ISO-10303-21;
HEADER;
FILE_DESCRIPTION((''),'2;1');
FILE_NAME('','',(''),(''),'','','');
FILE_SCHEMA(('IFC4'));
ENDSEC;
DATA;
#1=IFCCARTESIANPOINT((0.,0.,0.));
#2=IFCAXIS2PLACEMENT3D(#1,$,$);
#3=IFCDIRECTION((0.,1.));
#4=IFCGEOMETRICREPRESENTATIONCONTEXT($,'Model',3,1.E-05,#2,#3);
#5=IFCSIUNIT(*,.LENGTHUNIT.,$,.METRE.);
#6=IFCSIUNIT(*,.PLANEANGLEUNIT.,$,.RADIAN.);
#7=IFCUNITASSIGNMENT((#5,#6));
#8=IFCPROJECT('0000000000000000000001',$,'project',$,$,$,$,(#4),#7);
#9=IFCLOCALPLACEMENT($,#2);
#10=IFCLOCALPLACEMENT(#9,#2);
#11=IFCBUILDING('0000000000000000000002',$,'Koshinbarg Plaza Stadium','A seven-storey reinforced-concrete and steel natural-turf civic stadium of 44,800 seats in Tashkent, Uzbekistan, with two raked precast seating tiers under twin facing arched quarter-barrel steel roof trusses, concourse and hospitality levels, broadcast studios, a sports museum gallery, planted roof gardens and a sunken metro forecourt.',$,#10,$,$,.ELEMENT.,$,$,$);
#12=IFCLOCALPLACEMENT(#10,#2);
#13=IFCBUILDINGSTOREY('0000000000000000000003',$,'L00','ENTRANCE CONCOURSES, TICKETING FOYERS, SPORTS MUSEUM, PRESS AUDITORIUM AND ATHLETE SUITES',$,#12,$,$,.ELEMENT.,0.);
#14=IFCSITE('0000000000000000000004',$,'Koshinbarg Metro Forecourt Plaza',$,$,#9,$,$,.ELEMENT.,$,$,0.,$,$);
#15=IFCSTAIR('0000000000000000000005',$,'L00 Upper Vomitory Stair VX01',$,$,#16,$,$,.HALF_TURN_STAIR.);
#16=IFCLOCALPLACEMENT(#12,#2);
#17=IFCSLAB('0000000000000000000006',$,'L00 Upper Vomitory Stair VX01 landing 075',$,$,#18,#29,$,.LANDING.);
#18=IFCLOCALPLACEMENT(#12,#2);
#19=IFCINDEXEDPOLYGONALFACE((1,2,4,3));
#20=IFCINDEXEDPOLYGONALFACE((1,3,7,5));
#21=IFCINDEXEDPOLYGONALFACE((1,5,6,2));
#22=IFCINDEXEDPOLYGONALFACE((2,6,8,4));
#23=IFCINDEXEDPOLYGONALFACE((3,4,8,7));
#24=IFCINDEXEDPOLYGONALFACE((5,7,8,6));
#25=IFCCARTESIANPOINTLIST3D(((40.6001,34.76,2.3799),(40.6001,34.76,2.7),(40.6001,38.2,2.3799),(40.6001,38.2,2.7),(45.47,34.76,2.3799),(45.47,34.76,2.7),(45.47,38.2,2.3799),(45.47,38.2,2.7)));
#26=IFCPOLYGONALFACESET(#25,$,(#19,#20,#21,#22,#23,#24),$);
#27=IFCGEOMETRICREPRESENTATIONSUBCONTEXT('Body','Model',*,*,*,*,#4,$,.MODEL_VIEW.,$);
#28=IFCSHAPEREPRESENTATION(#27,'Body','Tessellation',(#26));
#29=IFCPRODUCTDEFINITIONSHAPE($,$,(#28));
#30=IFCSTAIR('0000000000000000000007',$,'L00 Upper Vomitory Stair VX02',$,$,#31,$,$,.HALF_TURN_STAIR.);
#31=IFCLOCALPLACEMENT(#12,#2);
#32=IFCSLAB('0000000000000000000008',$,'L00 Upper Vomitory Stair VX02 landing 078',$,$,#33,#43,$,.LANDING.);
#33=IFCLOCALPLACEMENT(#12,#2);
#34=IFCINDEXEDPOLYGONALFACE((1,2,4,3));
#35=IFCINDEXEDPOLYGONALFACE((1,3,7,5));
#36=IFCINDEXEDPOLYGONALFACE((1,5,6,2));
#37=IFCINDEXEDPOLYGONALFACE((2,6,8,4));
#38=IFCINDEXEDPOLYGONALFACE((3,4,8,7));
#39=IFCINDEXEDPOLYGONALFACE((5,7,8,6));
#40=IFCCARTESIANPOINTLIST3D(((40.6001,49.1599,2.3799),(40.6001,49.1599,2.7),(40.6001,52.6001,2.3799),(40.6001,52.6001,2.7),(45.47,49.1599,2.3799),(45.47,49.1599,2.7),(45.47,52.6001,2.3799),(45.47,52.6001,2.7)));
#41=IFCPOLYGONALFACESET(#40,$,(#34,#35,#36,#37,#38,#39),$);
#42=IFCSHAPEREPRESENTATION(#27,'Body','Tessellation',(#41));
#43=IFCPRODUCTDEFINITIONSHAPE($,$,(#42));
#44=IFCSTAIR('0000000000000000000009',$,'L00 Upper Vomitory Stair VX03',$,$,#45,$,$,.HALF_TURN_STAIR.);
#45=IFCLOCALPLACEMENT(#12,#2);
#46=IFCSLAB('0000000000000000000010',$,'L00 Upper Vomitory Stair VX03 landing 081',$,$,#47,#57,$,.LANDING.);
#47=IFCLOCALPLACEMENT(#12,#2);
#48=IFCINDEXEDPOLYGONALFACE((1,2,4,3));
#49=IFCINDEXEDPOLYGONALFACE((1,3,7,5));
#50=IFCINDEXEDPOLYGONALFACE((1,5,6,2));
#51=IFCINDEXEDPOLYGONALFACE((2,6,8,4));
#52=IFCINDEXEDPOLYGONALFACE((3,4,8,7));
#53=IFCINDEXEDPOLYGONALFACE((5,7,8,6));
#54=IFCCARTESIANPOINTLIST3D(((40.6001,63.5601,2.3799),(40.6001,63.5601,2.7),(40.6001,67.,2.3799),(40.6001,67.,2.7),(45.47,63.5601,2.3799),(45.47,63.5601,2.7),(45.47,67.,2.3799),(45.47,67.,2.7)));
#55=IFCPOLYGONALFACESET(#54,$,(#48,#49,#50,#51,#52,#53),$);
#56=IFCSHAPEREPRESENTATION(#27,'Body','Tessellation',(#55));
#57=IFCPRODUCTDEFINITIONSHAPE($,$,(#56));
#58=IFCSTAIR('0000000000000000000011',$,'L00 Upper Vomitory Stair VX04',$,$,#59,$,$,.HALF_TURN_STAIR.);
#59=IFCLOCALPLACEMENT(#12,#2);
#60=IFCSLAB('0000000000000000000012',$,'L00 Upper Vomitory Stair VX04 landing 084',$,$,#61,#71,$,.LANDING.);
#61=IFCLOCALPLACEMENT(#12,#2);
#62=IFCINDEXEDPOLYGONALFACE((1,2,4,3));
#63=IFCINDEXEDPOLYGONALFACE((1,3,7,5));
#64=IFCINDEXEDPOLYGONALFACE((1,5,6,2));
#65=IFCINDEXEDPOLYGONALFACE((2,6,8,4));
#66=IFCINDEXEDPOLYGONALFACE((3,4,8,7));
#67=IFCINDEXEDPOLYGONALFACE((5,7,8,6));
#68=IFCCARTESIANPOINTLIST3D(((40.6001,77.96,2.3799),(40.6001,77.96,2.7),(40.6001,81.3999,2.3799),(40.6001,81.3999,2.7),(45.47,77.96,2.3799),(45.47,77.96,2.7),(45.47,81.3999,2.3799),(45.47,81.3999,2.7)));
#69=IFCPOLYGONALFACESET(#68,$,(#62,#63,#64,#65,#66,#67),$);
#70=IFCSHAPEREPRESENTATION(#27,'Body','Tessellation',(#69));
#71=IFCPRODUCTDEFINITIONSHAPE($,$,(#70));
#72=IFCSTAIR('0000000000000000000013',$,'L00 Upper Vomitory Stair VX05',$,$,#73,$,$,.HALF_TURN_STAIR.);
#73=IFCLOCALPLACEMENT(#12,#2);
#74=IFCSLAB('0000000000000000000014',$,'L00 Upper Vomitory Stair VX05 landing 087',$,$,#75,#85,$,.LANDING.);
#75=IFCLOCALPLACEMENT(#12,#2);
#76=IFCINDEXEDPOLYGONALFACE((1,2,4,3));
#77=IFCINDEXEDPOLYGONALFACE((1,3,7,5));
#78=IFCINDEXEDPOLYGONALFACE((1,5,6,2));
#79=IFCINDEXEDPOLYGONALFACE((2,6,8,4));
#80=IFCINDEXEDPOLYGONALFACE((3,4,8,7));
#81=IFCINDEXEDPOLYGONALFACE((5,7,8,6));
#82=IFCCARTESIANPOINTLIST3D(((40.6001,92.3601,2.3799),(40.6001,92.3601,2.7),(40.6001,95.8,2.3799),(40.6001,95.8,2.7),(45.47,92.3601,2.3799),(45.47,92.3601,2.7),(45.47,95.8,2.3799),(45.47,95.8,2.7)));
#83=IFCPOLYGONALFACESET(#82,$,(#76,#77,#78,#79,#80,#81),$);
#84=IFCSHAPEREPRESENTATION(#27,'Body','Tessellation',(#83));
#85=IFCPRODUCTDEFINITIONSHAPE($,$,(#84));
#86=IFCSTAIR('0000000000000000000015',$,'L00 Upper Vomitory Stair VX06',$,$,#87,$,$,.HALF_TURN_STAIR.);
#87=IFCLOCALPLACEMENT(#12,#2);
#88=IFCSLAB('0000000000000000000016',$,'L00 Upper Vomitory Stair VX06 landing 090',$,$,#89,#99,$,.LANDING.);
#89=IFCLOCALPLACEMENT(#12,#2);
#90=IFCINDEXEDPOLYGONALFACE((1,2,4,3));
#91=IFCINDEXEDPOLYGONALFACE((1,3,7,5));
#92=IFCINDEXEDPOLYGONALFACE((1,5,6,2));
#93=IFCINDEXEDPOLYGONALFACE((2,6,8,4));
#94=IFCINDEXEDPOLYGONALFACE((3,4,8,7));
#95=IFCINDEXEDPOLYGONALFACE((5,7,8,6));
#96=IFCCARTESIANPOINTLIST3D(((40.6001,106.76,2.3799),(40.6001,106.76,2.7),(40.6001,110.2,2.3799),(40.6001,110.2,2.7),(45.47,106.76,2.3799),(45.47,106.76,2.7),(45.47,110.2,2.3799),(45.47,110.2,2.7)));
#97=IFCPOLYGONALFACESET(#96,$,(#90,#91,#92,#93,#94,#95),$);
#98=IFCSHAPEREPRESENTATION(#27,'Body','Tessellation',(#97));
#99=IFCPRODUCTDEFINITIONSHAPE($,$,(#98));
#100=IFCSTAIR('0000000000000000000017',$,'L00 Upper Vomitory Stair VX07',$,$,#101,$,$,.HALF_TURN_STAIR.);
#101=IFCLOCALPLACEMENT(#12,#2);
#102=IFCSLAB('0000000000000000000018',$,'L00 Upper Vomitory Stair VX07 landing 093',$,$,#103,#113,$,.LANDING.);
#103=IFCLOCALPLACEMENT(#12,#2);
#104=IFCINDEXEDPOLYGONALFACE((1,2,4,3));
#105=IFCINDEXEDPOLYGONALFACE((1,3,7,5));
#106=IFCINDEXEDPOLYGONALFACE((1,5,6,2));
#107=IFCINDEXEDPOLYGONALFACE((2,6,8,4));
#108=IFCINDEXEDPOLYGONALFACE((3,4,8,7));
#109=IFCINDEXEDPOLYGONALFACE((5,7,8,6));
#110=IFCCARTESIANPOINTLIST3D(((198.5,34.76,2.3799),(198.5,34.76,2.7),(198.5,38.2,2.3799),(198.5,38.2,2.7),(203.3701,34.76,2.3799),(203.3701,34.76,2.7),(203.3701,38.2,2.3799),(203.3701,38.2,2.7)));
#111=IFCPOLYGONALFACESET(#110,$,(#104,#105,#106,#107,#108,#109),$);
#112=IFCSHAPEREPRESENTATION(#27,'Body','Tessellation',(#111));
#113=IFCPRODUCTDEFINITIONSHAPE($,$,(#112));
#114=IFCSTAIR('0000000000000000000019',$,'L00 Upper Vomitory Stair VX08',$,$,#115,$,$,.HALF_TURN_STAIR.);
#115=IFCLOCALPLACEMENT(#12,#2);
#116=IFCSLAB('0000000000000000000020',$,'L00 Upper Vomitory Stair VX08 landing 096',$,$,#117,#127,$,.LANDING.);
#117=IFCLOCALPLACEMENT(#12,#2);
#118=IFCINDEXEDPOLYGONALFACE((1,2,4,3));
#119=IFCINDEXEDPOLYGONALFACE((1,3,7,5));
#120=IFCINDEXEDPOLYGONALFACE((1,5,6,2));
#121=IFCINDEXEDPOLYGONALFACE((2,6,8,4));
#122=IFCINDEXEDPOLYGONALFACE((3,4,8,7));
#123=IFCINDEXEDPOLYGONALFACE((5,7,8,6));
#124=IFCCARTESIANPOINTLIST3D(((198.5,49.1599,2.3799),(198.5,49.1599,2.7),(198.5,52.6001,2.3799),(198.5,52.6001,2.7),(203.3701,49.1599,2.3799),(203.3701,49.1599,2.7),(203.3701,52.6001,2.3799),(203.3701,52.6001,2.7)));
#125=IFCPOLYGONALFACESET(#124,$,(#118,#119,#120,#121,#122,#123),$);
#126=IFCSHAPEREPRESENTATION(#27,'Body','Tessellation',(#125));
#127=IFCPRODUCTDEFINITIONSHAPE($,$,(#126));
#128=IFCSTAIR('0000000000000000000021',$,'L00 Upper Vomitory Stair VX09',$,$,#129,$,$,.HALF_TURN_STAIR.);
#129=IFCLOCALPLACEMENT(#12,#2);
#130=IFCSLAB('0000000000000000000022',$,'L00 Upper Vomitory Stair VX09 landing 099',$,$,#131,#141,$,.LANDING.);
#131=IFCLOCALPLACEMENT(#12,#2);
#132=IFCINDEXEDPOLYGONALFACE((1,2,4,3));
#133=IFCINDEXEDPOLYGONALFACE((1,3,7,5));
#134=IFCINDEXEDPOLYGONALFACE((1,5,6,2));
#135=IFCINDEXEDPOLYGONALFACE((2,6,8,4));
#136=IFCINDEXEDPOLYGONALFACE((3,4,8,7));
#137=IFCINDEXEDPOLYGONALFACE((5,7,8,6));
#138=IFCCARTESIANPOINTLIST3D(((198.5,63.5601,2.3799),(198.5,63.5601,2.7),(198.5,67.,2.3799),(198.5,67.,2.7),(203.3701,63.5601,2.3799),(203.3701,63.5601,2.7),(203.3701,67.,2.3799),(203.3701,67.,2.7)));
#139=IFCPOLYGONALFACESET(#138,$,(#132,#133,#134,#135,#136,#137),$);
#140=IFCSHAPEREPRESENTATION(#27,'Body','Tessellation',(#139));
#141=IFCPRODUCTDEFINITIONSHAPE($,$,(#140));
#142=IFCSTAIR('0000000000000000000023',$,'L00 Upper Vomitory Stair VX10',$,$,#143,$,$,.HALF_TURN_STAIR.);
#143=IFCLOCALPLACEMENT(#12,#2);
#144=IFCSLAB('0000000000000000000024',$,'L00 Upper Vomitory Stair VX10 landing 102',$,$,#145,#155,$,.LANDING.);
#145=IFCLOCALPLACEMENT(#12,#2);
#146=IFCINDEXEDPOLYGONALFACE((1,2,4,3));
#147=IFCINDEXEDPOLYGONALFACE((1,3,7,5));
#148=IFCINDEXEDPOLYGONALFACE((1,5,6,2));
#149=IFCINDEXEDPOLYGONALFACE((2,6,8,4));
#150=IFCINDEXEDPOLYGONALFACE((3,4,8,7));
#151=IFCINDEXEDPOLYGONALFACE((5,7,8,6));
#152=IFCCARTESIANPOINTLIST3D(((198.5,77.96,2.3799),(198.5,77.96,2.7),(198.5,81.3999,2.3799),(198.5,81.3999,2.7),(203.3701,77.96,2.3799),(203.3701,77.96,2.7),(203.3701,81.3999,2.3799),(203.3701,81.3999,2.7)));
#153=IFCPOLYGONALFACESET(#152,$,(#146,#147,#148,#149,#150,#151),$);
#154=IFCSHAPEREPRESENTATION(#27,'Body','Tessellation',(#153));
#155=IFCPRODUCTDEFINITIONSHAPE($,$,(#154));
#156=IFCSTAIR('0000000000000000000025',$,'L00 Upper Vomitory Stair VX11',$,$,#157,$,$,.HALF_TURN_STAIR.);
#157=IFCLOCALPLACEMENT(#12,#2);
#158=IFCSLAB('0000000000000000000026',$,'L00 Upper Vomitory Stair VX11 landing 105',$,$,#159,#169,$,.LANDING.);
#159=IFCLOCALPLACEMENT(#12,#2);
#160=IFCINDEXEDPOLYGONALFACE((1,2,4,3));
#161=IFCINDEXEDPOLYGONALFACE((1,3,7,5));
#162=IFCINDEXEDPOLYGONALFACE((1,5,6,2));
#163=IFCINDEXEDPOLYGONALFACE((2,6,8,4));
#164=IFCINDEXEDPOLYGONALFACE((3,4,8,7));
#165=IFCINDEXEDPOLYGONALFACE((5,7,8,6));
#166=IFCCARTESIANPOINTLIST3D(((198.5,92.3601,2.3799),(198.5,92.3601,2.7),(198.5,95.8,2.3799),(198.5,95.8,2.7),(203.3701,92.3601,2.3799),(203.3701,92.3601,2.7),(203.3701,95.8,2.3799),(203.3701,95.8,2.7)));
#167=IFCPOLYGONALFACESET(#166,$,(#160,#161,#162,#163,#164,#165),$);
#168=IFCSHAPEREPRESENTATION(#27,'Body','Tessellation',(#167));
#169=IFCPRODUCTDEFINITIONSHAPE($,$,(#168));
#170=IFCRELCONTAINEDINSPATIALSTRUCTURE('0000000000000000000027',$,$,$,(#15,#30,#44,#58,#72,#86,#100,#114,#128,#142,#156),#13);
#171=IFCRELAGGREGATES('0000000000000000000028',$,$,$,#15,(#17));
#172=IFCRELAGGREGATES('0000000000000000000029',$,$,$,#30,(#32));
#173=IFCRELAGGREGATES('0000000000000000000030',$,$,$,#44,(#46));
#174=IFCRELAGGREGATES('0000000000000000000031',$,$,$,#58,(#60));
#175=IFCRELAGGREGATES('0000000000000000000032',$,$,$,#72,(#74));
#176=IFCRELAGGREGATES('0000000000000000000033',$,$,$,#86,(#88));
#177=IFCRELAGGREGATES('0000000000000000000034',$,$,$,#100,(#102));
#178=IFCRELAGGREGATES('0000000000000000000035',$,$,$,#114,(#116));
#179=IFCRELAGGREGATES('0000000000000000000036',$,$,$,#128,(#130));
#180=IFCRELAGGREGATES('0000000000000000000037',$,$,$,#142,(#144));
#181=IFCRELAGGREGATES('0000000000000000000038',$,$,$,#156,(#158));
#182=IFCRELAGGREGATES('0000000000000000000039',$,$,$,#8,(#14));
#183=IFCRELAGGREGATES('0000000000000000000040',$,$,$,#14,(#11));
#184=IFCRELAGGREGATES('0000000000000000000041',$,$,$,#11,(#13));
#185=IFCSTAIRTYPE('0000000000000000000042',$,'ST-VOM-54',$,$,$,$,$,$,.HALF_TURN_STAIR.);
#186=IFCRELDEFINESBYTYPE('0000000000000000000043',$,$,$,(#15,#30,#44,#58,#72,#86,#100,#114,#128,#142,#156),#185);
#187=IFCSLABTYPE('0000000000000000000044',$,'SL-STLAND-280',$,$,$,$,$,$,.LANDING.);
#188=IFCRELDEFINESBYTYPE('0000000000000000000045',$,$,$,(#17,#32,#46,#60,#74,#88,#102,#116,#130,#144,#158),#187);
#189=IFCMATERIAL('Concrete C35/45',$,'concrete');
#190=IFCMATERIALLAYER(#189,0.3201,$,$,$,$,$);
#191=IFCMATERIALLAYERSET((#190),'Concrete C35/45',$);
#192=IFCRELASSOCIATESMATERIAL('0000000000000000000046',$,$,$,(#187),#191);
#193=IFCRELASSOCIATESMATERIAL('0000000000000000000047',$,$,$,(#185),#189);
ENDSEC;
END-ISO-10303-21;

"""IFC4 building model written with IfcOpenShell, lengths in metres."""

from ifc_helpers import new_model, si_unit, direction, frame, origin, place, context, subcontext, project, spatial, polyline, outline, extrude, material, layer, layer_set, type_object, element, aggregate, save


model = new_model("IFC4")

# Units and contexts
model_context = context("Model", 3, precision=1e-05, world=origin(), true_north=direction((0.0, 1.0)))
body_context = subcontext(model_context, "Body", "Model", "MODEL_VIEW")
ifc_project = project(units=[si_unit("LENGTHUNIT", "METRE"), si_unit("PLANEANGLEUNIT", "RADIAN")], contexts=[model_context])

# Site, building, storey
site_placement = place(None, origin())
site = spatial("IfcSite", under=ifc_project, at=site_placement, Name="Koshinbarg Metro Forecourt Plaza", CompositionType="ELEMENT", RefElevation=0.0)
building_placement = place(site_placement, origin())
building = spatial("IfcBuilding", under=site, at=building_placement, Name="Koshinbarg Plaza Stadium", Description="A seven-storey reinforced-concrete and steel natural-turf civic stadium of 44,800 seats in Tashkent, Uzbekistan, with two raked precast seating tiers under twin facing arched quarter-barrel steel roof trusses, concourse and hospitality levels, broadcast studios, a sports museum gallery, planted roof gardens and a sunken metro forecourt.", CompositionType="ELEMENT")
storey_placement = place(building_placement, origin())
storey = spatial("IfcBuildingStorey", under=building, at=storey_placement, Name="L00", Description="ENTRANCE CONCOURSES, TICKETING FOYERS, SPORTS MUSEUM, PRESS AUDITORIUM AND ATHLETE SUITES", CompositionType="ELEMENT", Elevation=0.0)

# Stairs, slabs
ifc_material = material(Name="Concrete C35/45", Category="concrete")
ifc_layer = layer(ifc_material, 0.3201)
ifc_layer_set = layer_set([ifc_layer], Name="Concrete C35/45")
slab_type = type_object("IfcSlabType", Name="SL-STLAND-280", PredefinedType="LANDING", material=ifc_layer_set)
stair_type_1 = type_object("IfcStairType", Name="ST-VOM-54", PredefinedType="HALF_TURN_STAIR", material=ifc_material)
stair_1_placement = place(storey_placement, origin())
stair_1 = element("IfcStair", 1, at=stair_1_placement, inside=storey, type_object=stair_type_1, Name="L00 Upper Vomitory Stair VX01", PredefinedType="HALF_TURN_STAIR")
slab_1_placement = place(storey_placement, frame((0.0, 0.0, 2.3799)))
slab_1 = element("IfcSlab", 2, at=slab_1_placement, type_object=slab_type, Name="L00 Upper Vomitory Stair VX01 landing 075", PredefinedType="LANDING", context=body_context, shape_type="SweptSolid", body=[
    extrude(outline(polyline([(45.47, 34.76), (45.47, 38.2), (40.6001, 38.2), (40.6001, 34.76), (45.47, 34.76)])), origin(), (0.0, 0.0, 1.0), 0.3201),
])
aggregate(stair_1, [slab_1])
stair_2_placement = place(storey_placement, origin())
stair_2 = element("IfcStair", 3, at=stair_2_placement, inside=storey, type_object=stair_type_1, Name="L00 Upper Vomitory Stair VX02", PredefinedType="HALF_TURN_STAIR")
slab_2_placement = place(storey_placement, frame((0.0, 0.0, 2.3799)))
slab_2 = element("IfcSlab", 4, at=slab_2_placement, type_object=slab_type, Name="L00 Upper Vomitory Stair VX02 landing 078", PredefinedType="LANDING", context=body_context, shape_type="SweptSolid", body=[
    extrude(outline(polyline([(45.47, 49.1599), (45.47, 52.6001), (40.6001, 52.6001), (40.6001, 49.1599), (45.47, 49.1599)])), origin(), (0.0, 0.0, 1.0), 0.3201),
])
aggregate(stair_2, [slab_2])
stair_3_placement = place(storey_placement, origin())
stair_3 = element("IfcStair", 5, at=stair_3_placement, inside=storey, type_object=stair_type_1, Name="L00 Upper Vomitory Stair VX03", PredefinedType="HALF_TURN_STAIR")
slab_3_placement = place(storey_placement, frame((0.0, 0.0, 2.3799)))
slab_3 = element("IfcSlab", 6, at=slab_3_placement, type_object=slab_type, Name="L00 Upper Vomitory Stair VX03 landing 081", PredefinedType="LANDING", context=body_context, shape_type="SweptSolid", body=[
    extrude(outline(polyline([(45.47, 63.5601), (45.47, 67.0), (40.6001, 67.0), (40.6001, 63.5601), (45.47, 63.5601)])), origin(), (0.0, 0.0, 1.0), 0.3201),
])
aggregate(stair_3, [slab_3])
stair_4_placement = place(storey_placement, origin())
stair_4 = element("IfcStair", 7, at=stair_4_placement, inside=storey, type_object=stair_type_1, Name="L00 Upper Vomitory Stair VX04", PredefinedType="HALF_TURN_STAIR")
slab_4_placement = place(storey_placement, frame((0.0, 0.0, 2.3799)))
slab_4 = element("IfcSlab", 8, at=slab_4_placement, type_object=slab_type, Name="L00 Upper Vomitory Stair VX04 landing 084", PredefinedType="LANDING", context=body_context, shape_type="SweptSolid", body=[
    extrude(outline(polyline([(45.47, 77.96), (45.47, 81.3999), (40.6001, 81.3999), (40.6001, 77.96), (45.47, 77.96)])), origin(), (0.0, 0.0, 1.0), 0.3201),
])
aggregate(stair_4, [slab_4])
stair_5_placement = place(storey_placement, origin())
stair_5 = element("IfcStair", 9, at=stair_5_placement, inside=storey, type_object=stair_type_1, Name="L00 Upper Vomitory Stair VX05", PredefinedType="HALF_TURN_STAIR")
slab_5_placement = place(storey_placement, frame((0.0, 0.0, 2.3799)))
slab_5 = element("IfcSlab", 10, at=slab_5_placement, type_object=slab_type, Name="L00 Upper Vomitory Stair VX05 landing 087", PredefinedType="LANDING", context=body_context, shape_type="SweptSolid", body=[
    extrude(outline(polyline([(45.47, 92.3601), (45.47, 95.8), (40.6001, 95.8), (40.6001, 92.3601), (45.47, 92.3601)])), origin(), (0.0, 0.0, 1.0), 0.3201),
])
aggregate(stair_5, [slab_5])
stair_6_placement = place(storey_placement, origin())
stair_6 = element("IfcStair", 11, at=stair_6_placement, inside=storey, type_object=stair_type_1, Name="L00 Upper Vomitory Stair VX06", PredefinedType="HALF_TURN_STAIR")
slab_6_placement = place(storey_placement, frame((0.0, 0.0, 2.3799)))
slab_6 = element("IfcSlab", 12, at=slab_6_placement, type_object=slab_type, Name="L00 Upper Vomitory Stair VX06 landing 090", PredefinedType="LANDING", context=body_context, shape_type="SweptSolid", body=[
    extrude(outline(polyline([(45.47, 106.76), (45.47, 110.2), (40.6001, 110.2), (40.6001, 106.76), (45.47, 106.76)])), origin(), (0.0, 0.0, 1.0), 0.3201),
])
aggregate(stair_6, [slab_6])
stair_7_placement = place(storey_placement, origin())
stair_7 = element("IfcStair", 13, at=stair_7_placement, inside=storey, type_object=stair_type_1, Name="L00 Upper Vomitory Stair VX07", PredefinedType="HALF_TURN_STAIR")
slab_7_placement = place(storey_placement, frame((0.0, 0.0, 2.3799)))
slab_7 = element("IfcSlab", 14, at=slab_7_placement, type_object=slab_type, Name="L00 Upper Vomitory Stair VX07 landing 093", PredefinedType="LANDING", context=body_context, shape_type="SweptSolid", body=[
    extrude(outline(polyline([(203.3701, 34.76), (203.3701, 38.2), (198.5, 38.2), (198.5, 34.76), (203.3701, 34.76)])), origin(), (0.0, 0.0, 1.0), 0.3201),
])
aggregate(stair_7, [slab_7])
stair_8_placement = place(storey_placement, origin())
stair_8 = element("IfcStair", 15, at=stair_8_placement, inside=storey, type_object=stair_type_1, Name="L00 Upper Vomitory Stair VX08", PredefinedType="HALF_TURN_STAIR")
slab_8_placement = place(storey_placement, frame((0.0, 0.0, 2.3799)))
slab_8 = element("IfcSlab", 16, at=slab_8_placement, type_object=slab_type, Name="L00 Upper Vomitory Stair VX08 landing 096", PredefinedType="LANDING", context=body_context, shape_type="SweptSolid", body=[
    extrude(outline(polyline([(203.3701, 49.1599), (203.3701, 52.6001), (198.5, 52.6001), (198.5, 49.1599), (203.3701, 49.1599)])), origin(), (0.0, 0.0, 1.0), 0.3201),
])
aggregate(stair_8, [slab_8])
stair_9_placement = place(storey_placement, origin())
stair_9 = element("IfcStair", 17, at=stair_9_placement, inside=storey, type_object=stair_type_1, Name="L00 Upper Vomitory Stair VX09", PredefinedType="HALF_TURN_STAIR")
slab_9_placement = place(storey_placement, frame((0.0, 0.0, 2.3799)))
slab_9 = element("IfcSlab", 18, at=slab_9_placement, type_object=slab_type, Name="L00 Upper Vomitory Stair VX09 landing 099", PredefinedType="LANDING", context=body_context, shape_type="SweptSolid", body=[
    extrude(outline(polyline([(203.3701, 63.5601), (203.3701, 67.0), (198.5, 67.0), (198.5, 63.5601), (203.3701, 63.5601)])), origin(), (0.0, 0.0, 1.0), 0.3201),
])
aggregate(stair_9, [slab_9])
stair_10_placement = place(storey_placement, origin())
stair_10 = element("IfcStair", 19, at=stair_10_placement, inside=storey, type_object=stair_type_1, Name="L00 Upper Vomitory Stair VX10", PredefinedType="HALF_TURN_STAIR")
slab_10_placement = place(storey_placement, frame((0.0, 0.0, 2.3799)))
slab_10 = element("IfcSlab", 20, at=slab_10_placement, type_object=slab_type, Name="L00 Upper Vomitory Stair VX10 landing 102", PredefinedType="LANDING", context=body_context, shape_type="SweptSolid", body=[
    extrude(outline(polyline([(203.3701, 77.96), (203.3701, 81.3999), (198.5, 81.3999), (198.5, 77.96), (203.3701, 77.96)])), origin(), (0.0, 0.0, 1.0), 0.3201),
])
aggregate(stair_10, [slab_10])
stair_11_placement = place(storey_placement, origin())
stair_11 = element("IfcStair", 21, at=stair_11_placement, inside=storey, type_object=stair_type_1, Name="L00 Upper Vomitory Stair VX11", PredefinedType="HALF_TURN_STAIR")
slab_11_placement = place(storey_placement, frame((0.0, 0.0, 2.3799)))
slab_11 = element("IfcSlab", 22, at=slab_11_placement, type_object=slab_type, Name="L00 Upper Vomitory Stair VX11 landing 105", PredefinedType="LANDING", context=body_context, shape_type="SweptSolid", body=[
    extrude(outline(polyline([(203.3701, 92.3601), (203.3701, 95.8), (198.5, 95.8), (198.5, 92.3601), (203.3701, 92.3601)])), origin(), (0.0, 0.0, 1.0), 0.3201),
])
aggregate(stair_11, [slab_11])

save(model, "model.ifc")
